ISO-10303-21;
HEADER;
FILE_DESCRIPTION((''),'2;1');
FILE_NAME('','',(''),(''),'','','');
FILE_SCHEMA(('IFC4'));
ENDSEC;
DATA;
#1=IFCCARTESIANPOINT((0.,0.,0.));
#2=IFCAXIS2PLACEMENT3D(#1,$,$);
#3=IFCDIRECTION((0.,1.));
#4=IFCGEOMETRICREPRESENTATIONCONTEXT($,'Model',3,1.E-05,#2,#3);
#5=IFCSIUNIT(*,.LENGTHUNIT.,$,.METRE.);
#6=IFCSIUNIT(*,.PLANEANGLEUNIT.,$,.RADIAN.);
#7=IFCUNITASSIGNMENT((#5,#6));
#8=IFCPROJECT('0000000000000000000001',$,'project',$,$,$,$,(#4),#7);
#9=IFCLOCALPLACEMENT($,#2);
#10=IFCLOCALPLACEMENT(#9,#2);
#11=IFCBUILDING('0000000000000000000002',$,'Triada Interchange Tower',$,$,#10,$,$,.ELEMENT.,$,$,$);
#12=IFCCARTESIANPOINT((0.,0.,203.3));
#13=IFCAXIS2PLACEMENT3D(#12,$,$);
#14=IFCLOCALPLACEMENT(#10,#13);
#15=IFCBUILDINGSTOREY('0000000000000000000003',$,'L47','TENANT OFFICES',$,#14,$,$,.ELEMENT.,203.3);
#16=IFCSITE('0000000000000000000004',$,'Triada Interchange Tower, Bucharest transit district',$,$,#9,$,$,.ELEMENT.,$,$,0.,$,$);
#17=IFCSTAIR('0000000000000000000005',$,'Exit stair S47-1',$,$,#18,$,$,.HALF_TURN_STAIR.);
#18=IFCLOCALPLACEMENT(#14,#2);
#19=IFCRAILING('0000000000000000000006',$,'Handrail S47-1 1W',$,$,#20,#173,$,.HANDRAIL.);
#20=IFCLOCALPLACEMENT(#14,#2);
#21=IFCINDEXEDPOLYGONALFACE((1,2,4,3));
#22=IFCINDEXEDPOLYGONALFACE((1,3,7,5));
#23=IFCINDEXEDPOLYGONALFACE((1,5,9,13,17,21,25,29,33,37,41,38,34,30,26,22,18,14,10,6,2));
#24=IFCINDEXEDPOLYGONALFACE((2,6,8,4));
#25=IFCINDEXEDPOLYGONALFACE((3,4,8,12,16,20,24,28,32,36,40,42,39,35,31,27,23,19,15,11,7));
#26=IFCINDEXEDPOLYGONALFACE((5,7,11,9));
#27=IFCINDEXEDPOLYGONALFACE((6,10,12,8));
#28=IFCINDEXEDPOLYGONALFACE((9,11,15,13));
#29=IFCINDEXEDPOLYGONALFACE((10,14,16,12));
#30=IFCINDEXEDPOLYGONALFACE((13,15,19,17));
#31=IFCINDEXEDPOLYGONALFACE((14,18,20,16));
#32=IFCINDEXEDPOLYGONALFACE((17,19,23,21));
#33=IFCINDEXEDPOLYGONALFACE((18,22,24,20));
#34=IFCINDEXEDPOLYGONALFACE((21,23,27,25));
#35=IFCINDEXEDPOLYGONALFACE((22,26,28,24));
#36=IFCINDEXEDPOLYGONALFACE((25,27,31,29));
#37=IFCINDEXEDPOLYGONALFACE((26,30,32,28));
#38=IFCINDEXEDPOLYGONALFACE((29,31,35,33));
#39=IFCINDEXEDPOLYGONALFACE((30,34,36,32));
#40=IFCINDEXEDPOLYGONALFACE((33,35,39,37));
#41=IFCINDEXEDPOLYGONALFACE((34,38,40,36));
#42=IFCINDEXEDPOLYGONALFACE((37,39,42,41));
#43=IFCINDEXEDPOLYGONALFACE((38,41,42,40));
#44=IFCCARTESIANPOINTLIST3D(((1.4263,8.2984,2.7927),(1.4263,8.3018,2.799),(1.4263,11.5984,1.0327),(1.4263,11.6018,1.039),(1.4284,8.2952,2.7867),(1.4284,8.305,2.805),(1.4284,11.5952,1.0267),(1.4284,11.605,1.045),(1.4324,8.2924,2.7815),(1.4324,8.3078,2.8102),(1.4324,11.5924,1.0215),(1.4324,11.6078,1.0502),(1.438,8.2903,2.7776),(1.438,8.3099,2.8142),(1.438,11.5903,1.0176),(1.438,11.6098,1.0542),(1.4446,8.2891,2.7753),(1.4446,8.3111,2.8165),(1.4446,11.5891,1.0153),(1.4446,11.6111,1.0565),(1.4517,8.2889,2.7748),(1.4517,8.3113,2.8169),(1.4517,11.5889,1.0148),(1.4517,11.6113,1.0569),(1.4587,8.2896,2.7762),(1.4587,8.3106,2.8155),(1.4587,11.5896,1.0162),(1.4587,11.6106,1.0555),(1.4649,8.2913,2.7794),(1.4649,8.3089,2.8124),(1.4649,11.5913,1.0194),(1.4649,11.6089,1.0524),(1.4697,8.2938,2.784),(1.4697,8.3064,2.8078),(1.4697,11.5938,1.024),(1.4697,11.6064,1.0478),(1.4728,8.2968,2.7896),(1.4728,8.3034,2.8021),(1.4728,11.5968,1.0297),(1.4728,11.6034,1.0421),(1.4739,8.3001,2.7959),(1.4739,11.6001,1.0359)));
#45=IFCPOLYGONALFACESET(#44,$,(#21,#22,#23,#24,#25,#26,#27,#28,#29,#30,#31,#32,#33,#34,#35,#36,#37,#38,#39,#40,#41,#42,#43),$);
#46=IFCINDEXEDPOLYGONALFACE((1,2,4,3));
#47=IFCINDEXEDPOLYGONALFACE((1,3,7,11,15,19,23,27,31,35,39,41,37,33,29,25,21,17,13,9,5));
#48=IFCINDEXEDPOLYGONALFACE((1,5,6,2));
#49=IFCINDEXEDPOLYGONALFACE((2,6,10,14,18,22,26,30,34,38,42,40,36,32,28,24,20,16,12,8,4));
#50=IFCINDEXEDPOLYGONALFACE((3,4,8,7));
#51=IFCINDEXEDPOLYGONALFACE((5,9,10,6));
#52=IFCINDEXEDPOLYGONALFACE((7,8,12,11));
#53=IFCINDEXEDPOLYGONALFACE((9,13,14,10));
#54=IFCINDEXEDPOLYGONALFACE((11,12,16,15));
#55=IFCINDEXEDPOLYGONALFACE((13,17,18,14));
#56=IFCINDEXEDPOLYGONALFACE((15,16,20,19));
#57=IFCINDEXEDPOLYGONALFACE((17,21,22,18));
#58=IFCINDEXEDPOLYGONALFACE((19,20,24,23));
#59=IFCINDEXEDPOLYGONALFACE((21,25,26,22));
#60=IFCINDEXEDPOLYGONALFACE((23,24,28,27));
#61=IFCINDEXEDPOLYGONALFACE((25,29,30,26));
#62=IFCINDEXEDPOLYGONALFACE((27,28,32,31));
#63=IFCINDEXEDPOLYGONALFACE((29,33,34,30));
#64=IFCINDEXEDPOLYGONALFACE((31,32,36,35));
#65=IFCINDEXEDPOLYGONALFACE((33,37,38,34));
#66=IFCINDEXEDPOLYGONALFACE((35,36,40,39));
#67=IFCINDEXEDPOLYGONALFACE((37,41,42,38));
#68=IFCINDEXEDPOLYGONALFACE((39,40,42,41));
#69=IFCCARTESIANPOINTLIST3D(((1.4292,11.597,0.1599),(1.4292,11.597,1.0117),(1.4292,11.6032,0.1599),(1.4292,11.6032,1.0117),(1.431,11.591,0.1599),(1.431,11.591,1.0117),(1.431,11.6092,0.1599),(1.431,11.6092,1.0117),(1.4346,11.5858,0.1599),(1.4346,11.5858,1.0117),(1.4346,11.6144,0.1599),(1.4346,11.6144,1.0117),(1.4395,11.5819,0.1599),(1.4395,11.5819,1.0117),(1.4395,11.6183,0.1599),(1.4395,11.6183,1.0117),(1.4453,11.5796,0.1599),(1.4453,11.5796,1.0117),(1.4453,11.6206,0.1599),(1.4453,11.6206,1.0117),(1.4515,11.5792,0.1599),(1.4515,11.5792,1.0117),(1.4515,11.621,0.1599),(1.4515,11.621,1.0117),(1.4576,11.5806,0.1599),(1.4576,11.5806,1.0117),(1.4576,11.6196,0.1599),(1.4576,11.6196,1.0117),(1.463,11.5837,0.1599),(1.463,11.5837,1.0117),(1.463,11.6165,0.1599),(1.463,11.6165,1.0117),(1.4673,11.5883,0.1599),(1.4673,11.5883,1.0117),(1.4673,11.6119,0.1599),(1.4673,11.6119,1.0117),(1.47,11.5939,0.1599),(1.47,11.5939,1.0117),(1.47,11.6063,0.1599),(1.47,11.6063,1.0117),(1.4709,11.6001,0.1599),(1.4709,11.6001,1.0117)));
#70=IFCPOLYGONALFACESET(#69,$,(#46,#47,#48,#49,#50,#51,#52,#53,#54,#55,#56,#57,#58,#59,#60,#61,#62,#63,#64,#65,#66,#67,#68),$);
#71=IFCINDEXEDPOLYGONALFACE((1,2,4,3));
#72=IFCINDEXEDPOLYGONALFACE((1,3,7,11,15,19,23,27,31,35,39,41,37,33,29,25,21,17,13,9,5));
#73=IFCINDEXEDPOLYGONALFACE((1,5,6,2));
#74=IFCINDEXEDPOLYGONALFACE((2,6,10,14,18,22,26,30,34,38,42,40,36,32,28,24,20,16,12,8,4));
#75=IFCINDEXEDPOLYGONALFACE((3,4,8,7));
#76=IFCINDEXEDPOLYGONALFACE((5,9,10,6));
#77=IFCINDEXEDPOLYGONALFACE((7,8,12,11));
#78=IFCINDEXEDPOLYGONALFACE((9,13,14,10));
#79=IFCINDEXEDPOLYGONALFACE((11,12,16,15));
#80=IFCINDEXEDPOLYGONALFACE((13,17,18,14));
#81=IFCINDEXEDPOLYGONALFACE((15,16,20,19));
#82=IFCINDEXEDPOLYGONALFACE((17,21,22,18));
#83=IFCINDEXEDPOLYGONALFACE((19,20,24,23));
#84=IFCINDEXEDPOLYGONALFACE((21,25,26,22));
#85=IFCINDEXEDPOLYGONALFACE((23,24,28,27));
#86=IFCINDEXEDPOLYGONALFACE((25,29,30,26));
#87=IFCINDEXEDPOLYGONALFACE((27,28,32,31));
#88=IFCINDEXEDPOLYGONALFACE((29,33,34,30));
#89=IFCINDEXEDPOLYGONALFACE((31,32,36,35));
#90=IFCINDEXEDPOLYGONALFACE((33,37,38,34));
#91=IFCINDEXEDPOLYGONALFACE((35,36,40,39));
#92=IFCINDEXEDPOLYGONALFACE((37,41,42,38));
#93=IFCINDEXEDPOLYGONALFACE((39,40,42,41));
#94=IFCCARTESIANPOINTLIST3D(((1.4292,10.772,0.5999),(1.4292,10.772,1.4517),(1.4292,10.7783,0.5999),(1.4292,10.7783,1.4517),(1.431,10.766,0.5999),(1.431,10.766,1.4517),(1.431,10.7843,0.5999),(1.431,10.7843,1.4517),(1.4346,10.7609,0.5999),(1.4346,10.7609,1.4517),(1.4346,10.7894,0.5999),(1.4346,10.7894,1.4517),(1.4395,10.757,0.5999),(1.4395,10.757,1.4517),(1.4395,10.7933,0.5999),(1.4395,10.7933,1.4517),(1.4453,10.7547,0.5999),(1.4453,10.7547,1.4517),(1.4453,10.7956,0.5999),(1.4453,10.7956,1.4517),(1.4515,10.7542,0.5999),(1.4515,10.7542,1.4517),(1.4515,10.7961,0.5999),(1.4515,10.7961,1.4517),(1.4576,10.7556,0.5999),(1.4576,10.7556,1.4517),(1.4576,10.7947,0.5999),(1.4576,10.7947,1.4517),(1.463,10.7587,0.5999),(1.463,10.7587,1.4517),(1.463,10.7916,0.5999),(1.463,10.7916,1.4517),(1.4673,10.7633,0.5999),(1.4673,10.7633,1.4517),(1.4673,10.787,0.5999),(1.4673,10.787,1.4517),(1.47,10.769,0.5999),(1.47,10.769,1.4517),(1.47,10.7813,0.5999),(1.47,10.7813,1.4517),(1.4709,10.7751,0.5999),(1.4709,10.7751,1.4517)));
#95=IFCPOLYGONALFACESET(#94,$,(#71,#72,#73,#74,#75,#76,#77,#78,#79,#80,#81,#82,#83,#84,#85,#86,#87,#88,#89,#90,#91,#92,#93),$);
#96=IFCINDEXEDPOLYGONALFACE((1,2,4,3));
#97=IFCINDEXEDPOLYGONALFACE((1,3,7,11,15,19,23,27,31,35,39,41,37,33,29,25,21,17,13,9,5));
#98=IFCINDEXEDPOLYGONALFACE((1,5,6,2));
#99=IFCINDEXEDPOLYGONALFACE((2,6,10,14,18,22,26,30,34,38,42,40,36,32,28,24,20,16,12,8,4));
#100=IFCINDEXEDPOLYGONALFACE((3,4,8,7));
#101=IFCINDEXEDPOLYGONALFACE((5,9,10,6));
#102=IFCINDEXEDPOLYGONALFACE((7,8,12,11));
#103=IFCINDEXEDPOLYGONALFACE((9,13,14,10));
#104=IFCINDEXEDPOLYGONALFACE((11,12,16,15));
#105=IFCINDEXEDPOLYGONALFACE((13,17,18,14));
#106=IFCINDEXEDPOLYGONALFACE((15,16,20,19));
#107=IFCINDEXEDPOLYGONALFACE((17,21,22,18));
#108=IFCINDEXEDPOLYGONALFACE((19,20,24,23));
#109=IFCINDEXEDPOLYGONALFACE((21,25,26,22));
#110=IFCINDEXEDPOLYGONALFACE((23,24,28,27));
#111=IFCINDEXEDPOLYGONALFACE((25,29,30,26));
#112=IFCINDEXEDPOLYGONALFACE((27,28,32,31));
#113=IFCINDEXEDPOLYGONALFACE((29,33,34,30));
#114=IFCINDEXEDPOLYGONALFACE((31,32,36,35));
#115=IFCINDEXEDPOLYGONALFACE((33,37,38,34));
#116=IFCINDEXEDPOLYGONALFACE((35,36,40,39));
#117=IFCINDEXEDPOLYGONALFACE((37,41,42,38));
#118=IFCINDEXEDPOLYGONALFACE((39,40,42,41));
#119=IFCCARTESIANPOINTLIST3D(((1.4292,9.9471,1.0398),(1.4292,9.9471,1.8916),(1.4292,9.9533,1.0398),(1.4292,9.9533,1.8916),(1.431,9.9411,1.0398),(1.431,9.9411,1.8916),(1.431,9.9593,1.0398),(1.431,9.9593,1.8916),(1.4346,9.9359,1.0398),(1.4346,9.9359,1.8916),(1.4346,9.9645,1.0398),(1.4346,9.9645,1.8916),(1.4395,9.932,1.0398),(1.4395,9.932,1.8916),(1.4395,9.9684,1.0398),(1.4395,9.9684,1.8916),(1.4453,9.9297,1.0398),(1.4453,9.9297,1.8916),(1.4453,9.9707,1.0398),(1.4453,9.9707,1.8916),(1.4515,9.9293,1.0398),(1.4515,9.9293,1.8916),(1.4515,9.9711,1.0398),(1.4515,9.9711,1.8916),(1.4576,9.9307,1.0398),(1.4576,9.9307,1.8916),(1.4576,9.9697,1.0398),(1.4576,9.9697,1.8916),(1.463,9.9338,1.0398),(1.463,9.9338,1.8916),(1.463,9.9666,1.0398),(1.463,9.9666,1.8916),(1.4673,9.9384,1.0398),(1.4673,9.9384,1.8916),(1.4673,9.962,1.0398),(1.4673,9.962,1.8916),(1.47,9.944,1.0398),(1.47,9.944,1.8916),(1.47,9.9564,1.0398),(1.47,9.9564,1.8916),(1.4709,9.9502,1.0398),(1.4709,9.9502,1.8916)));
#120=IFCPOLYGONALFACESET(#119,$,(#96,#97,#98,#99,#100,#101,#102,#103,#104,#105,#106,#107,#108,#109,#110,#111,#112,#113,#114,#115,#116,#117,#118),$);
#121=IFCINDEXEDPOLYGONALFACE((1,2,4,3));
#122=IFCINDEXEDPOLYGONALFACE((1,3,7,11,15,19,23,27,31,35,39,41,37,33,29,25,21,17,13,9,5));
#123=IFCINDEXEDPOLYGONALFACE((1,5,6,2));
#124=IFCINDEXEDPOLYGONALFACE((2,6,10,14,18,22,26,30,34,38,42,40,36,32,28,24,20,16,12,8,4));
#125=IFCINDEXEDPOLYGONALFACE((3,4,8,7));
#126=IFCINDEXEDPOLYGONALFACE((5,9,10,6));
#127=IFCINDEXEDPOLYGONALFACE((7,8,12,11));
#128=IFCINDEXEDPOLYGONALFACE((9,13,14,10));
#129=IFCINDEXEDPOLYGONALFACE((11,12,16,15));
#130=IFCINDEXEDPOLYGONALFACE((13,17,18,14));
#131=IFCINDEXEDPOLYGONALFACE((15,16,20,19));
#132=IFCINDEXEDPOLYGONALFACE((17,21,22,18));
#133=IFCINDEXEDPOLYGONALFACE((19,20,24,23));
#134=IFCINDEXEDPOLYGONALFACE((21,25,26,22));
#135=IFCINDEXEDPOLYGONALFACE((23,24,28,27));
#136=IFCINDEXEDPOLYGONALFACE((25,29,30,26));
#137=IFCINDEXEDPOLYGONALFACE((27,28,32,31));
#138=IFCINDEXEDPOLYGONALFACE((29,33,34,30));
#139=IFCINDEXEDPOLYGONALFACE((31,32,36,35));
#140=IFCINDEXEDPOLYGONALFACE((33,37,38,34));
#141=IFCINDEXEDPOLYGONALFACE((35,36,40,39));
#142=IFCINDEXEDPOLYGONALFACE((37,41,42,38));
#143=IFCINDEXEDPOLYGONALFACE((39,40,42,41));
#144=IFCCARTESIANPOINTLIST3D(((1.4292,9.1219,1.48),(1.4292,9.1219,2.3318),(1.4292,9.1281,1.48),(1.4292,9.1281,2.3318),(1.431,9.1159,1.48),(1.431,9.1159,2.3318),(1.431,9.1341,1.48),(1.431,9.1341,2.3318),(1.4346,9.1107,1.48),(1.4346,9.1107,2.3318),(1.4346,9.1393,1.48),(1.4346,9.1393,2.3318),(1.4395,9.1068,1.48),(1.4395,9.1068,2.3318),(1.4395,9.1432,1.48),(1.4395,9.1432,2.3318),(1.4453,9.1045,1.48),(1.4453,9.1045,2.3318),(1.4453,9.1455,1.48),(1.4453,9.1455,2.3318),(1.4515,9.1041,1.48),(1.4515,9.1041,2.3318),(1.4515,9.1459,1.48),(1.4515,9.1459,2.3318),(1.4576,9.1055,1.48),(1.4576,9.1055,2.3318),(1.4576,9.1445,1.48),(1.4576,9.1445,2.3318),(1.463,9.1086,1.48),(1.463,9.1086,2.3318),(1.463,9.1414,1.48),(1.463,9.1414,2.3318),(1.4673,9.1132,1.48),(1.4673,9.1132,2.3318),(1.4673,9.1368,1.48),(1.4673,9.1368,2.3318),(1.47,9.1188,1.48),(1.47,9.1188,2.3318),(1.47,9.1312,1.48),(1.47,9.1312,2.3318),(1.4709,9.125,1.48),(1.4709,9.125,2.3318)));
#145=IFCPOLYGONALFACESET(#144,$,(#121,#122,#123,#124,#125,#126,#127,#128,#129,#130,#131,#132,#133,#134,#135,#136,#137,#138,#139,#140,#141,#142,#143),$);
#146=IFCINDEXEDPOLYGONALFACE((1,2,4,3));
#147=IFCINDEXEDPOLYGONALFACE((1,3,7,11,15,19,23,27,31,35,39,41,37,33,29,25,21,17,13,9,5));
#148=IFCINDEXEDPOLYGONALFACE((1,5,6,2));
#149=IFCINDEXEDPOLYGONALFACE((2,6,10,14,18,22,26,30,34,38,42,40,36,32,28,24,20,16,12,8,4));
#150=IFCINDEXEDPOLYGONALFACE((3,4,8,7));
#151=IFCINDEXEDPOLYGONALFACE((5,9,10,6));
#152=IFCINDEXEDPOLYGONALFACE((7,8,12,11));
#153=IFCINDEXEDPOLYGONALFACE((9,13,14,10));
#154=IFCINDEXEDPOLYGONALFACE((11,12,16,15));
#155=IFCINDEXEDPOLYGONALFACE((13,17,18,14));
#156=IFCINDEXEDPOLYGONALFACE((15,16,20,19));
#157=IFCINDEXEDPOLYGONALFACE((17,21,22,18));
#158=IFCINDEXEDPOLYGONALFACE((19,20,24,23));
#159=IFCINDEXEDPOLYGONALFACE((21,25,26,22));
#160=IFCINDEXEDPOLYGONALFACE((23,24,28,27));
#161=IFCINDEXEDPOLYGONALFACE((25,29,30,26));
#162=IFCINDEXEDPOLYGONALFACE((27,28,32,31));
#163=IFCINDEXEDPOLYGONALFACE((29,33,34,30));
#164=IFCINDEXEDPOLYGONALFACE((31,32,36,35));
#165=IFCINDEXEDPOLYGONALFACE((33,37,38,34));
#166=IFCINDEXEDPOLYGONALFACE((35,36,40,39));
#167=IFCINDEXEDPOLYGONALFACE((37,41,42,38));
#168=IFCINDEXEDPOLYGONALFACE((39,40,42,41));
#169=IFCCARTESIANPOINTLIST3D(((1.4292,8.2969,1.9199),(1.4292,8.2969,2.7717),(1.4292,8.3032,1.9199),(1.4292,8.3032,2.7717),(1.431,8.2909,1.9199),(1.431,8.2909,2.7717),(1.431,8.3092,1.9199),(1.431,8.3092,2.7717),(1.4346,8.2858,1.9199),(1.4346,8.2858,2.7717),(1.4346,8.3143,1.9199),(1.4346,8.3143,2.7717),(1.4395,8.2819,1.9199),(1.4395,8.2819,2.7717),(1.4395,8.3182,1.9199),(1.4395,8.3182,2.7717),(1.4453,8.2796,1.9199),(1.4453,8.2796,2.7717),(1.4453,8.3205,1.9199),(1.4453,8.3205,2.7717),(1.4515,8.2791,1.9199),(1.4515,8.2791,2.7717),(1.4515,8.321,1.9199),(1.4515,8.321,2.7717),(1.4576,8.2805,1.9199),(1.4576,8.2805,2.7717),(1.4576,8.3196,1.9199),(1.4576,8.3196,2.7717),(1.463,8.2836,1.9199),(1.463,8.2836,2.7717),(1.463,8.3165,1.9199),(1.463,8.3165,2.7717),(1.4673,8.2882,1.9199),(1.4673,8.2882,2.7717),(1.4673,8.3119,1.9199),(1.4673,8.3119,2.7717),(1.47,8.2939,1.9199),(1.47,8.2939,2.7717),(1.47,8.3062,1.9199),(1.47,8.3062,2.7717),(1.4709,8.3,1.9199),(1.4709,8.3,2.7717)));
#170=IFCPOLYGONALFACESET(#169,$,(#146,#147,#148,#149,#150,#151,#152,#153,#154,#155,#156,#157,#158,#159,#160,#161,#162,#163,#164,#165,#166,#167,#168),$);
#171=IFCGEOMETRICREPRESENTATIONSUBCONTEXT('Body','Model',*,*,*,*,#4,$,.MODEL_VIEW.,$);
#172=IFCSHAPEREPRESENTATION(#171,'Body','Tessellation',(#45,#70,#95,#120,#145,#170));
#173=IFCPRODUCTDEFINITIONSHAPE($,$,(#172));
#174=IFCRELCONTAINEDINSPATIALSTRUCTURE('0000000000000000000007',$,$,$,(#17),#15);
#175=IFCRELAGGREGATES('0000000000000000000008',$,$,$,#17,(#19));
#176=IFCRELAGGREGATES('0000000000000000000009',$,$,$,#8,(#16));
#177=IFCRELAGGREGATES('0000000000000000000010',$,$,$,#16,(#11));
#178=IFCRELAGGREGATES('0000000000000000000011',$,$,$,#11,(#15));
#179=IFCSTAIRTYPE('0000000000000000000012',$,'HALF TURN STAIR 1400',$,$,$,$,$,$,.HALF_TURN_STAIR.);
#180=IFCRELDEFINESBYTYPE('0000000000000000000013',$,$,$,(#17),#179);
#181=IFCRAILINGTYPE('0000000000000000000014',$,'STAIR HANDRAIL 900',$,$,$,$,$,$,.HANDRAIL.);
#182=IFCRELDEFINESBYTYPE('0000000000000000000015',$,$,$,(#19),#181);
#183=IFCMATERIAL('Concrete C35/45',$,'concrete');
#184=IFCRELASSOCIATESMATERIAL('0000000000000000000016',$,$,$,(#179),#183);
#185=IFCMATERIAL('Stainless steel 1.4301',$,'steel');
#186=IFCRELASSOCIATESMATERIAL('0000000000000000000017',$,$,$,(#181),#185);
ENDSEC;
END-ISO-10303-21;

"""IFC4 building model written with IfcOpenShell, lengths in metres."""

from ifc_helpers import new_model, si_unit, direction, frame, origin, origin_2d, place, context, subcontext, project, spatial, circle, extrude, material, type_object, element, aggregate, save


model = new_model("IFC4")

# Units and contexts
model_context = context("Model", 3, precision=1e-05, world=origin(), true_north=direction((0.0, 1.0)))
body_context = subcontext(model_context, "Body", "Model", "MODEL_VIEW")
ifc_project = project(units=[si_unit("LENGTHUNIT", "METRE"), si_unit("PLANEANGLEUNIT", "RADIAN")], contexts=[model_context])

# Site, building, storey
site_placement = place(None, origin())
site = spatial("IfcSite", under=ifc_project, at=site_placement, Name="Triada Interchange Tower, Bucharest transit district", CompositionType="ELEMENT", RefElevation=0.0)
building_placement = place(site_placement, origin())
building = spatial("IfcBuilding", under=site, at=building_placement, Name="Triada Interchange Tower", CompositionType="ELEMENT")
storey_placement = place(building_placement, frame((0.0, 0.0, 203.3)))
storey = spatial("IfcBuildingStorey", under=building, at=storey_placement, Name="L47", Description="TENANT OFFICES", CompositionType="ELEMENT", Elevation=203.3)

# Stair
ifc_material_1 = material(Name="Concrete C35/45", Category="concrete")
stair_type = type_object("IfcStairType", Name="HALF TURN STAIR 1400", PredefinedType="HALF_TURN_STAIR", material=ifc_material_1)
stair_placement = place(storey_placement, origin())
stair = element("IfcStair", 1, at=stair_placement, inside=storey, type_object=stair_type, Name="Exit stair S47-1", PredefinedType="HALF_TURN_STAIR")

# Railing
ifc_material_2 = material(Name="Stainless steel 1.4301", Category="steel")
railing_type = type_object("IfcRailingType", Name="STAIR HANDRAIL 900", PredefinedType="HANDRAIL", material=ifc_material_2)
railing_1_placement = place(storey_placement, frame((1.45, 11.6001, 0.1599)))
railing_1 = element("IfcRailing", 2, at=railing_1_placement, type_object=railing_type, Name="Handrail S47-1 1W", PredefinedType="HANDRAIL", context=body_context, shape_type="SweptSolid", body=[
    extrude(circle(Radius=0.0239, at=origin_2d()), frame((0.0, 0.0, 0.876), z_axis=(0.0, -0.882355, 0.470585), x_axis=(1.0, 0.0, 0.0)), (0.0, 0.0, 1.0), 3.74),
    extrude(circle(Radius=0.021, at=origin_2d()), origin(), (0.0, 0.0, 1.0), 0.8518),
    extrude(circle(Radius=0.021, at=origin_2d()), frame((0.0, -0.825, 0.4399)), (0.0, 0.0, 1.0), 0.8518),
    extrude(circle(Radius=0.021, at=origin_2d()), frame((0.0, -1.6499, 0.8799)), (0.0, 0.0, 1.0), 0.8518),
    extrude(circle(Radius=0.021, at=origin_2d()), frame((0.0, -2.4751, 1.3201)), (0.0, 0.0, 1.0), 0.8518),
    extrude(circle(Radius=0.021, at=origin_2d()), frame((0.0, -3.3, 1.76)), (0.0, 0.0, 1.0), 0.8518),
])
aggregate(stair, [railing_1])

save(model, "model.ifc")
